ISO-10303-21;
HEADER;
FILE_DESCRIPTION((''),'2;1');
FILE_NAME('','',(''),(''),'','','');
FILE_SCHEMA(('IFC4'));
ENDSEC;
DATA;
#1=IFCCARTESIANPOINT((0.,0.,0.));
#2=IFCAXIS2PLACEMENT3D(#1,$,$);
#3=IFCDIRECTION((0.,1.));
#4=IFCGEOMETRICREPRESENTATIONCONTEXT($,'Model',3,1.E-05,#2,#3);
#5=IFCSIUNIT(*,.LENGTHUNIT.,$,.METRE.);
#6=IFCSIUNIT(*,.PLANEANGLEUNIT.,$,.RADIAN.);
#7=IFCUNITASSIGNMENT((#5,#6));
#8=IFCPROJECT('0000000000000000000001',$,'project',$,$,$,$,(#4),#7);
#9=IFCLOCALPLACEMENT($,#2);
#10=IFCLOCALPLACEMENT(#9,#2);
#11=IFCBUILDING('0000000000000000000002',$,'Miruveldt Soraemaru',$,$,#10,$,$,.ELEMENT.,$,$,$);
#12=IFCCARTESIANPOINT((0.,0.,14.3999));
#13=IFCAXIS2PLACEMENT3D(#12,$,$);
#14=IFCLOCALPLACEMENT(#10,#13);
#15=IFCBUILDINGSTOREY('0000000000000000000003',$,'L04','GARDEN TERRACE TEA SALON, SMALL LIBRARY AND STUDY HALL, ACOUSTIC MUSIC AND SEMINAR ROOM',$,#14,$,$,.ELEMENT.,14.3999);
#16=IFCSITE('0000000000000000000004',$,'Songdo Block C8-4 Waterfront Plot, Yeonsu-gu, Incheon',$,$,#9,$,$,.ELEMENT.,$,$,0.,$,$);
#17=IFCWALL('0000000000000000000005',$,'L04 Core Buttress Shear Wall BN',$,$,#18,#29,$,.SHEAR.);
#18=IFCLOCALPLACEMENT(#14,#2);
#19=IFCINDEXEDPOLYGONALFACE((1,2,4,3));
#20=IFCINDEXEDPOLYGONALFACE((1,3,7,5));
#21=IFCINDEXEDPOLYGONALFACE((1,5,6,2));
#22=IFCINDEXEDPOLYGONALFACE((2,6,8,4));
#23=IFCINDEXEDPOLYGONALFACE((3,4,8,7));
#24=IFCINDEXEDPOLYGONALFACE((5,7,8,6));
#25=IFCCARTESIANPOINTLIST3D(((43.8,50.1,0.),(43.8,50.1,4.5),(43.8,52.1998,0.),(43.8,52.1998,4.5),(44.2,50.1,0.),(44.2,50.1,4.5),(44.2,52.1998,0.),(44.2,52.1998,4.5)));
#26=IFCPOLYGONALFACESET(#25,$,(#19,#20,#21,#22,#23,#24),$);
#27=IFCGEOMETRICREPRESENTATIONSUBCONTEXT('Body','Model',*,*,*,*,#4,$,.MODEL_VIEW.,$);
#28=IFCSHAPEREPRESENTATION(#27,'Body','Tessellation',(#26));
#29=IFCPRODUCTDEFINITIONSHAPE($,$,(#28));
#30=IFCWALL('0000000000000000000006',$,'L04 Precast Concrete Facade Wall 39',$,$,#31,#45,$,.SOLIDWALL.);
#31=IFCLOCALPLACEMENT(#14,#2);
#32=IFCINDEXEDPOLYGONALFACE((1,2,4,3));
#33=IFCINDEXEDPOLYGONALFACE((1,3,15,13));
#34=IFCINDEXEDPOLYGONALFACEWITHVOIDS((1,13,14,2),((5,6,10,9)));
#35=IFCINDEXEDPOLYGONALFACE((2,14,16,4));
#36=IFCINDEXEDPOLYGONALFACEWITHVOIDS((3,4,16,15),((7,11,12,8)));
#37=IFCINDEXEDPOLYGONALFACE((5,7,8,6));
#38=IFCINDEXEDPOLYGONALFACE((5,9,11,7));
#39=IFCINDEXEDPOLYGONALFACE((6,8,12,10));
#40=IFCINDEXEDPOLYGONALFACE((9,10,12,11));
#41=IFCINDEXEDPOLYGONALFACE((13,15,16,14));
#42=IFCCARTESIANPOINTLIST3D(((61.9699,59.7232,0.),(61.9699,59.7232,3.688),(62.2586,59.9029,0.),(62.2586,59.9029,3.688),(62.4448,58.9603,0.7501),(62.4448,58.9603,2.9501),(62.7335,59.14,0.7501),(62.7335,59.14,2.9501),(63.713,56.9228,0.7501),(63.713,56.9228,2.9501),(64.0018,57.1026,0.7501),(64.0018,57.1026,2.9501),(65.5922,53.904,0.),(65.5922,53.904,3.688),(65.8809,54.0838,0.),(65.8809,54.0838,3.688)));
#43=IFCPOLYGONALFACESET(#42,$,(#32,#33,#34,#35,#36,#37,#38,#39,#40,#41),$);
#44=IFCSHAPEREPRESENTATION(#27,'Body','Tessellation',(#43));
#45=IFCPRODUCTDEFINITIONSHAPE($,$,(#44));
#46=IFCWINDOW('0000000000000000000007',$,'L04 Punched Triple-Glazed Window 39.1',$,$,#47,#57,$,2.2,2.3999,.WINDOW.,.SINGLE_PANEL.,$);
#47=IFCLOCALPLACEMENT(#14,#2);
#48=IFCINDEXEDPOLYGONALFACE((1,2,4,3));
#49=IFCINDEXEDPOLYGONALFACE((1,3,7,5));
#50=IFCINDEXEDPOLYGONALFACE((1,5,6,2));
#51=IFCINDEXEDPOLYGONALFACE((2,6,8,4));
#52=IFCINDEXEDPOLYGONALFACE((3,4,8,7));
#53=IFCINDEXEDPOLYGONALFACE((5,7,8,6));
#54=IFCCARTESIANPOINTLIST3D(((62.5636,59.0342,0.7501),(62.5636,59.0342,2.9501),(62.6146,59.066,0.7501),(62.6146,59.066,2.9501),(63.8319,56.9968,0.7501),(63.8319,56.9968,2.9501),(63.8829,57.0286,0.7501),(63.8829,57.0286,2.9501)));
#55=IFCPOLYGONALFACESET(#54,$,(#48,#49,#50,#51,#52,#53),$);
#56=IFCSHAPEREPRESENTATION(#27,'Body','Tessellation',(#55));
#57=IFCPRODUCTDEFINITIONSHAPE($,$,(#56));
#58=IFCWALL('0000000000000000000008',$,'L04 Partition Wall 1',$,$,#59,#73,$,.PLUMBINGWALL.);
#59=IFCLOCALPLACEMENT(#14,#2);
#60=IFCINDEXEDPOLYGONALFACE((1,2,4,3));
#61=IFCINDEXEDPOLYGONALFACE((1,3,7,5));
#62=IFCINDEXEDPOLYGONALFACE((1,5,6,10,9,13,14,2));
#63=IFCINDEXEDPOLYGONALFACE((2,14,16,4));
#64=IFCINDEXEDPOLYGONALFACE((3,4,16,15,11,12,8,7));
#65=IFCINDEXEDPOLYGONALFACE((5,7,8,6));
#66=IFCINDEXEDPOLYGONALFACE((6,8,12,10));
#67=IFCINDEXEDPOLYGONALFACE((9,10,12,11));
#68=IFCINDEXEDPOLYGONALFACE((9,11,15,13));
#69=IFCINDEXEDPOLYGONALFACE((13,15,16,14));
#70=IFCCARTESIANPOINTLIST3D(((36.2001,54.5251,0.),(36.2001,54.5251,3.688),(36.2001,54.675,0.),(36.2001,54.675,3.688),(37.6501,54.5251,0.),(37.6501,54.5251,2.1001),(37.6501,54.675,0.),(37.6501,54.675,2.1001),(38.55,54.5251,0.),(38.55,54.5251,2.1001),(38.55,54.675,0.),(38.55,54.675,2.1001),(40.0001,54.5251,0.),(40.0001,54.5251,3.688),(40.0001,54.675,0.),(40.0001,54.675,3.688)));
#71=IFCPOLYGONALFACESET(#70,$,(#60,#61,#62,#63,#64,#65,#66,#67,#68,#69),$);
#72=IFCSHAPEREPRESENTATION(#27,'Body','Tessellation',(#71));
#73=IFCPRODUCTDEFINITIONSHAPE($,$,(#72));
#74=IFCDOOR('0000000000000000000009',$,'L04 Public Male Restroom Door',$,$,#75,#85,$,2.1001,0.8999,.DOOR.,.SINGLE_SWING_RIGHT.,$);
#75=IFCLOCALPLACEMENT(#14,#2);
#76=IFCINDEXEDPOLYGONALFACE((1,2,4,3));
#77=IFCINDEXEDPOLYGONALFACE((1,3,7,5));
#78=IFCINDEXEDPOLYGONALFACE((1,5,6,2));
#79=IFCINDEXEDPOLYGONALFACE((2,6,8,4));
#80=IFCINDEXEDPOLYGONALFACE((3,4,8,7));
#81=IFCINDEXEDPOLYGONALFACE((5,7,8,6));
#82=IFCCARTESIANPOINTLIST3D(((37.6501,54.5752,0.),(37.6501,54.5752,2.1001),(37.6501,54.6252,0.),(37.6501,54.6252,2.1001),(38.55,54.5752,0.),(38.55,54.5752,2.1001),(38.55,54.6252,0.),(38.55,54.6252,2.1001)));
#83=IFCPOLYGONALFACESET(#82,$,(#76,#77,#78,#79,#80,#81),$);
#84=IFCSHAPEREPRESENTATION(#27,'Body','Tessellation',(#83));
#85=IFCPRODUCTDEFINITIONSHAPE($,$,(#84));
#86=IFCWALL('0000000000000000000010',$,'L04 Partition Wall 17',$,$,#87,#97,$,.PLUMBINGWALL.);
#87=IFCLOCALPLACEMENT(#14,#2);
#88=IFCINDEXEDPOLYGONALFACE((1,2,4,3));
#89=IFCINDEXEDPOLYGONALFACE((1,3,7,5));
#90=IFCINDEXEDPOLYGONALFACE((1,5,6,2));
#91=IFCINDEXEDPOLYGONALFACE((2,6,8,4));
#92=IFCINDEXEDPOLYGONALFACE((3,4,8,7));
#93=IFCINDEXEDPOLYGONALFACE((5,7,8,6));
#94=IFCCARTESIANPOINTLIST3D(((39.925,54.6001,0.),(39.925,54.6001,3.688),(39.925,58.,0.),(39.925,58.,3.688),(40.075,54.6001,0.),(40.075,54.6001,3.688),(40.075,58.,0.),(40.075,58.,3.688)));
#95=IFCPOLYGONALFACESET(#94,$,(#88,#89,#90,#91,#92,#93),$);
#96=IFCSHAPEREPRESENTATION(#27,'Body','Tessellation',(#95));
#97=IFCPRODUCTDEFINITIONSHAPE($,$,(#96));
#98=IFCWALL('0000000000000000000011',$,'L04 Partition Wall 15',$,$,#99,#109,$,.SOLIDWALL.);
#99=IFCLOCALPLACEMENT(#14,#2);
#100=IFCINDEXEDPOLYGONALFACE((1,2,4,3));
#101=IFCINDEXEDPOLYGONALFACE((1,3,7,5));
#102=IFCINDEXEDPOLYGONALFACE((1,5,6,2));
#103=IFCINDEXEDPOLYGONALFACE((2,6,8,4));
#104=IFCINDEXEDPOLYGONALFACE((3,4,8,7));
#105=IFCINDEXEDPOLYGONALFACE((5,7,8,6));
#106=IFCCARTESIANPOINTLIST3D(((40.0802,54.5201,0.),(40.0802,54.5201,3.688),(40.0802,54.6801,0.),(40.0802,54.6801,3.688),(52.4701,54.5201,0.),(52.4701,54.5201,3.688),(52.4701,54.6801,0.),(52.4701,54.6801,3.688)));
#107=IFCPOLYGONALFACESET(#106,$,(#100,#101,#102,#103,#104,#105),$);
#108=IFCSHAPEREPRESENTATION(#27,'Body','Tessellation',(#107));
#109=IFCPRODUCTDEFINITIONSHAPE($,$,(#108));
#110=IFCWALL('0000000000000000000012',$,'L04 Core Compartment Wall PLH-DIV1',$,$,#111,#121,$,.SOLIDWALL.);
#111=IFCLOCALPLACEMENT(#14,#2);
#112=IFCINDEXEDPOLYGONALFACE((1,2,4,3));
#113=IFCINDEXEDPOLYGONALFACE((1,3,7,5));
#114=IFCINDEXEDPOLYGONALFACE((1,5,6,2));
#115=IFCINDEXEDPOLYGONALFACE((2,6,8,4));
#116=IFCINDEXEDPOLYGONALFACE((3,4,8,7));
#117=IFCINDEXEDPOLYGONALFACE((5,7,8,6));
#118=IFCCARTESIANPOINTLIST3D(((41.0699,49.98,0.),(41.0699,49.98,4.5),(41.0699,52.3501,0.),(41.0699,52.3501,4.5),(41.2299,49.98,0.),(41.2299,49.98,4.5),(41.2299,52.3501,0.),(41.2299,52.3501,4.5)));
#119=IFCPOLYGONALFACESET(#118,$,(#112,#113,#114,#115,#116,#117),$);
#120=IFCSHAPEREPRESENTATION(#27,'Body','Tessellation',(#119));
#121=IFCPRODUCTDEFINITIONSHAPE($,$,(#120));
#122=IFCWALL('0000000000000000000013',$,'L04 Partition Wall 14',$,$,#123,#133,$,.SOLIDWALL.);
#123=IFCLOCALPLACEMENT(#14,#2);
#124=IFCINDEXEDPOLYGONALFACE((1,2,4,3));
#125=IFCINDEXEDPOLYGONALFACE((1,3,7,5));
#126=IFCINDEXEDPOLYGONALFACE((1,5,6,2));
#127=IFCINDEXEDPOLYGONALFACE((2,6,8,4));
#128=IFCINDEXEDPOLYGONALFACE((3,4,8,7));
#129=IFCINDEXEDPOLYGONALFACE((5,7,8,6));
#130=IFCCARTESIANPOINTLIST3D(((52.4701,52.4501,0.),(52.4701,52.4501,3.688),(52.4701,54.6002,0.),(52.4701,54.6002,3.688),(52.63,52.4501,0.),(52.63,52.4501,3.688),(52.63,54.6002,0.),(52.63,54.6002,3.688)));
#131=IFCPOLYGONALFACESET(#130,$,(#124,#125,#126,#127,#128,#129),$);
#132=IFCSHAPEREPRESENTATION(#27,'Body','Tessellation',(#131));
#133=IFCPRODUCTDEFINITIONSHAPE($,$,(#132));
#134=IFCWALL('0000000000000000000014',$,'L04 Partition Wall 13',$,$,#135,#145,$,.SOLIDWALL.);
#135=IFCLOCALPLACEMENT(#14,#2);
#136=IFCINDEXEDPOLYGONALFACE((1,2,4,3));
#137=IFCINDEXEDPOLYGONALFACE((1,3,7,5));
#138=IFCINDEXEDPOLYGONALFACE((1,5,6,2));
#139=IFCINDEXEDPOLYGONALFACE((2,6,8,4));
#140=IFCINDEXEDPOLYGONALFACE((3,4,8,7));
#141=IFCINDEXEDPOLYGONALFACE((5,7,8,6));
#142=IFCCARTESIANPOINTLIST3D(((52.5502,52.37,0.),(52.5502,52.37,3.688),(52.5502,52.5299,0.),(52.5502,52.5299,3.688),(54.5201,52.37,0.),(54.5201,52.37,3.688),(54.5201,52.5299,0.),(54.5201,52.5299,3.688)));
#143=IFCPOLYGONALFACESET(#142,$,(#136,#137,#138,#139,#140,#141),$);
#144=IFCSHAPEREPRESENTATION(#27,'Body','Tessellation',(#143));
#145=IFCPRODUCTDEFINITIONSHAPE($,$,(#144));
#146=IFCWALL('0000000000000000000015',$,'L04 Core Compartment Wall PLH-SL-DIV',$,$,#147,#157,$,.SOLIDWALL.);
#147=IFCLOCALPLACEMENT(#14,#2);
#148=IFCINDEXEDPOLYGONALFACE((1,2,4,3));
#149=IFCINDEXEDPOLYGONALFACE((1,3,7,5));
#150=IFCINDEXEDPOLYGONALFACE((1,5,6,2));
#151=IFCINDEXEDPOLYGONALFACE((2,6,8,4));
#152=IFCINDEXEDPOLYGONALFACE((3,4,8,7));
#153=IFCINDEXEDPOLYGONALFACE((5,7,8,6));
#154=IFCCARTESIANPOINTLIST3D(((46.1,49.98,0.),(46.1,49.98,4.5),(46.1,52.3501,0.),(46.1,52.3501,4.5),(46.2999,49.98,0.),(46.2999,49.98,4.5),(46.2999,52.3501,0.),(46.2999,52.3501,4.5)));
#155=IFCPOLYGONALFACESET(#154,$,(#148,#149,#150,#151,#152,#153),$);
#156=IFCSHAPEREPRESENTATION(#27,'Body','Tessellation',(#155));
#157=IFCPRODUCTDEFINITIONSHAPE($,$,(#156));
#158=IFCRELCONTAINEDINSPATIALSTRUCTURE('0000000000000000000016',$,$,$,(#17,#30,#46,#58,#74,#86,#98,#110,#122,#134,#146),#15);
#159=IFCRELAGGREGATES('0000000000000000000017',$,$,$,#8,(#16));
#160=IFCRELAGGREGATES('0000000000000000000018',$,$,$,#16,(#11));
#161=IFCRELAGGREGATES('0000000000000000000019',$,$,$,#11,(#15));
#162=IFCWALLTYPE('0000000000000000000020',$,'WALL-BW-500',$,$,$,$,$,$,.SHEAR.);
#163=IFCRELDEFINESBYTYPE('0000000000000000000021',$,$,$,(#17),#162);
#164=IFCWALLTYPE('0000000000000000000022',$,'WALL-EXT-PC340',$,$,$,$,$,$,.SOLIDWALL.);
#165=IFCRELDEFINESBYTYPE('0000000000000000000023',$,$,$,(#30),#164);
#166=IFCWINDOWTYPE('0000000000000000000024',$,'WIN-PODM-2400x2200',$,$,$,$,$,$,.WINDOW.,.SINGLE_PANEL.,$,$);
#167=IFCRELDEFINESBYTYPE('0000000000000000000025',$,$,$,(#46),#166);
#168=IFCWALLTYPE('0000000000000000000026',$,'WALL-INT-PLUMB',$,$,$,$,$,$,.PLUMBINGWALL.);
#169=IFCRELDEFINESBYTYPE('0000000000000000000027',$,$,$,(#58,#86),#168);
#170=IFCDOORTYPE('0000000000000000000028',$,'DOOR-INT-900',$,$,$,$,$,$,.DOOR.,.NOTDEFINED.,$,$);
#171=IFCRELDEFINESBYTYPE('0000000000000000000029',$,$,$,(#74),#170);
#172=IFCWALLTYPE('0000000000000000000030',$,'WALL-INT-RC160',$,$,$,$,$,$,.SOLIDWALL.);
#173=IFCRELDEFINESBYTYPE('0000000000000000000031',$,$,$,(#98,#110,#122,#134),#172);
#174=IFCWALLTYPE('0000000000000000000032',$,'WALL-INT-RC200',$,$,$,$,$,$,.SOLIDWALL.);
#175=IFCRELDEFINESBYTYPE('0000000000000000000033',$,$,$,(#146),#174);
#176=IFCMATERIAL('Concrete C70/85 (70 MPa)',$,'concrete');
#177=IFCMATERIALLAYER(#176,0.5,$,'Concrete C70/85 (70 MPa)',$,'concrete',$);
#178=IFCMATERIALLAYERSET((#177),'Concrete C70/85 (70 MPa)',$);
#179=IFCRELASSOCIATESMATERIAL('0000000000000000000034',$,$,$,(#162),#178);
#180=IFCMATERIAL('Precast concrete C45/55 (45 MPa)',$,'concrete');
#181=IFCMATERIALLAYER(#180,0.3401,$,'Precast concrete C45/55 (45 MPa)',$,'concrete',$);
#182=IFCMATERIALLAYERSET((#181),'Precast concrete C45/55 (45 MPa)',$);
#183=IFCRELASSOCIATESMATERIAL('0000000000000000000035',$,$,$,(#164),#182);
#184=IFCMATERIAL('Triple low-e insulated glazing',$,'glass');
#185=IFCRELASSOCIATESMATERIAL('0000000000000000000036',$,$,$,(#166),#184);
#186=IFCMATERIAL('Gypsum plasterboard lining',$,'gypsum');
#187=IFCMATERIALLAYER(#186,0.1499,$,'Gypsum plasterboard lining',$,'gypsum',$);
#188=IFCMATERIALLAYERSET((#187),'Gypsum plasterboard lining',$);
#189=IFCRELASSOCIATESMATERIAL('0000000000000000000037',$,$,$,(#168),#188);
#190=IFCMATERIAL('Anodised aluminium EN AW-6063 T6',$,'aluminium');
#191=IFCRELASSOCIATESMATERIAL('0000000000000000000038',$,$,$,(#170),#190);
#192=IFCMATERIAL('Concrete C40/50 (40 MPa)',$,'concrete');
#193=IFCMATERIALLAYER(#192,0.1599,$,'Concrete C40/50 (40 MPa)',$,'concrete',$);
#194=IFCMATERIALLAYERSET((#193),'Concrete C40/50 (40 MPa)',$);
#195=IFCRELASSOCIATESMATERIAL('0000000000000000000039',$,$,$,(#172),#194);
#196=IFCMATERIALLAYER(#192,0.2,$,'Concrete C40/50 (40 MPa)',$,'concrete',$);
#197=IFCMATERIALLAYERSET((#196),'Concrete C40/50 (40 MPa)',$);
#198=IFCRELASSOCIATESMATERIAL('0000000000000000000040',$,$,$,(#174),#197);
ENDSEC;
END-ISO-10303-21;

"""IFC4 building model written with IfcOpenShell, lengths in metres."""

from ifc_helpers import new_model, si_unit, direction, frame, frame_2d, origin, place, context, subcontext, project, spatial, rectangle, extrude, material, layer, layer_set, type_object, element, fill, save


model = new_model("IFC4")

# Units and contexts
model_context = context("Model", 3, precision=1e-05, world=origin(), true_north=direction((0.0, 1.0)))
body_context = subcontext(model_context, "Body", "Model", "MODEL_VIEW")
ifc_project = project(units=[si_unit("LENGTHUNIT", "METRE"), si_unit("PLANEANGLEUNIT", "RADIAN")], contexts=[model_context])

# Site, building, storey
site_placement = place(None, origin())
site = spatial("IfcSite", under=ifc_project, at=site_placement, Name="Songdo Block C8-4 Waterfront Plot, Yeonsu-gu, Incheon", CompositionType="ELEMENT", RefElevation=0.0)
building_placement = place(site_placement, origin())
building = spatial("IfcBuilding", under=site, at=building_placement, Name="Miruveldt Soraemaru", CompositionType="ELEMENT")
storey_placement = place(building_placement, frame((0.0, 0.0, 14.3999)))
storey = spatial("IfcBuildingStorey", under=building, at=storey_placement, Name="L04", Description="GARDEN TERRACE TEA SALON, SMALL LIBRARY AND STUDY HALL, ACOUSTIC MUSIC AND SEMINAR ROOM", CompositionType="ELEMENT", Elevation=14.3999)

# Wall
ifc_material_1 = material(Name="Concrete C70/85 (70 MPa)", Category="concrete")
ifc_layer_1 = layer(ifc_material_1, 0.5, Name="Concrete C70/85 (70 MPa)", Category="concrete")
ifc_layer_set_1 = layer_set([ifc_layer_1], Name="Concrete C70/85 (70 MPa)")
wall_type_1 = type_object("IfcWallType", Name="WALL-BW-500", PredefinedType="SHEAR", material=ifc_layer_set_1)
wall_1_placement = place(storey_placement, frame((44.0, 50.1001, 0.0), z_axis=(0.0, 0.0, 1.0), x_axis=(0.0, 1.0, 0.0)))
element("IfcWall", 1, at=wall_1_placement, inside=storey, type_object=wall_type_1, Name="L04 Core Buttress Shear Wall BN", PredefinedType="SHEAR", context=body_context, shape_type="SweptSolid", body=[
    extrude(rectangle(XDim=2.0999, YDim=0.3999, at=frame_2d((1.0498, 0.0))), origin(), (0.0, 0.0, 1.0), 4.5),
])

# Wall, opening, window
ifc_material_2 = material(Name="Precast concrete C45/55 (45 MPa)", Category="concrete")
ifc_layer_2 = layer(ifc_material_2, 0.3401, Name="Precast concrete C45/55 (45 MPa)", Category="concrete")
ifc_layer_set_2 = layer_set([ifc_layer_2], Name="Precast concrete C45/55 (45 MPa)")
wall_type_2 = type_object("IfcWallType", Name="WALL-EXT-PC340", PredefinedType="SOLIDWALL", material=ifc_layer_set_2)
wall_2_placement = place(storey_placement, frame((65.7366, 53.9939, 0.0), z_axis=(0.0, 0.0, 1.0), x_axis=(-0.528464, 0.848955, 0.0)))
wall_2 = element("IfcWall", 2, at=wall_2_placement, inside=storey, type_object=wall_type_2, Name="L04 Precast Concrete Facade Wall 39", PredefinedType="SOLIDWALL", context=body_context, shape_type="SweptSolid", body=[
    extrude(rectangle(XDim=6.8545, YDim=0.3401, at=frame_2d((3.4272, 0.0))), origin(), (0.0, 0.0, 1.0), 3.688),
])
opening_1_placement = place(wall_2_placement, frame((3.5559, 0.0, 0.75)))
opening_1 = element("IfcOpeningElement", 3, at=opening_1_placement, cuts=wall_2, PredefinedType="OPENING", context=body_context, shape_type="SweptSolid", body=[
    extrude(rectangle(XDim=2.3999, YDim=2.2, at=frame_2d((1.2, 1.1001))), frame((0.0, 0.1802, 0.0), z_axis=(0.0, -1.0, 0.0), x_axis=(1.0, 0.0, 0.0)), (0.0, 0.0, 1.0), 0.3601),
])
ifc_material_3 = material(Name="Triple low-e insulated glazing", Category="glass")
window_type = type_object("IfcWindowType", Name="WIN-PODM-2400x2200", PartitioningType="SINGLE_PANEL", PredefinedType="WINDOW", material=ifc_material_3)
window_placement = place(opening_1_placement, origin())
window = element("IfcWindow", 4, at=window_placement, inside=storey, type_object=window_type, Name="L04 Punched Triple-Glazed Window 39.1", OverallHeight=2.2, OverallWidth=2.3999, PartitioningType="SINGLE_PANEL", PredefinedType="WINDOW", context=body_context, shape_type="SweptSolid", body=[
    extrude(rectangle(XDim=2.3999, YDim=2.2, at=frame_2d((1.2, 1.1001))), frame((0.0, 0.03, 0.0), z_axis=(0.0, -1.0, 0.0), x_axis=(1.0, 0.0, 0.0)), (0.0, 0.0, 1.0), 0.0601),
])
fill(opening_1, window)

# Wall, opening, door
ifc_material_4 = material(Name="Gypsum plasterboard lining", Category="gypsum")
ifc_layer_3 = layer(ifc_material_4, 0.1499, Name="Gypsum plasterboard lining", Category="gypsum")
ifc_layer_set_3 = layer_set([ifc_layer_3], Name="Gypsum plasterboard lining")
wall_type_3 = type_object("IfcWallType", Name="WALL-INT-PLUMB", PredefinedType="PLUMBINGWALL", material=ifc_layer_set_3)
wall_3_placement = place(storey_placement, frame((40.0, 54.6001, 0.0), z_axis=(0.0, 0.0, 1.0), x_axis=(-1.0, 0.0, 0.0)))
wall_3 = element("IfcWall", 5, at=wall_3_placement, inside=storey, type_object=wall_type_3, Name="L04 Partition Wall 1", PredefinedType="PLUMBINGWALL", context=body_context, shape_type="SweptSolid", body=[
    extrude(rectangle(XDim=3.8, YDim=0.1499, at=frame_2d((1.8999, 0.0))), origin(), (0.0, 0.0, 1.0), 3.688),
])
opening_2_placement = place(wall_3_placement, frame((1.45, 0.0, 0.0)))
opening_2 = element("IfcOpeningElement", 6, at=opening_2_placement, cuts=wall_3, PredefinedType="OPENING", context=body_context, shape_type="SweptSolid", body=[
    extrude(rectangle(XDim=0.8999, YDim=2.1001, at=frame_2d((0.45, 1.05))), frame((0.0, 0.085, 0.0), z_axis=(0.0, -1.0, 0.0), x_axis=(1.0, 0.0, 0.0)), (0.0, 0.0, 1.0), 0.1699),
])
ifc_material_5 = material(Name="Anodised aluminium EN AW-6063 T6", Category="aluminium")
door_type_1 = type_object("IfcDoorType", Name="DOOR-INT-900", OperationType="NOTDEFINED", PredefinedType="DOOR", material=ifc_material_5)
door_1_placement = place(opening_2_placement, origin())
door_1 = element("IfcDoor", 7, at=door_1_placement, inside=storey, type_object=door_type_1, Name="L04 Public Male Restroom Door", OperationType="SINGLE_SWING_RIGHT", OverallHeight=2.1001, OverallWidth=0.8999, PredefinedType="DOOR", context=body_context, shape_type="SweptSolid", body=[
    extrude(rectangle(XDim=0.8999, YDim=2.1001, at=frame_2d((0.45, 1.05))), frame((0.0, 0.0249, 0.0), z_axis=(0.0, -1.0, 0.0), x_axis=(1.0, 0.0, 0.0)), (0.0, 0.0, 1.0), 0.05),
])
fill(opening_2, door_1)

# Walls
wall_4_placement = place(storey_placement, frame((40.0, 54.6001, 0.0), z_axis=(0.0, 0.0, 1.0), x_axis=(0.0, 1.0, 0.0)))
element("IfcWall", 8, at=wall_4_placement, inside=storey, type_object=wall_type_3, Name="L04 Partition Wall 17", PredefinedType="PLUMBINGWALL", context=body_context, shape_type="SweptSolid", body=[
    extrude(rectangle(XDim=3.3999, YDim=0.1499, at=frame_2d((1.7, 0.0))), origin(), (0.0, 0.0, 1.0), 3.688),
])
ifc_material_6 = material(Name="Concrete C40/50 (40 MPa)", Category="concrete")
ifc_layer_4 = layer(ifc_material_6, 0.1599, Name="Concrete C40/50 (40 MPa)", Category="concrete")
ifc_layer_set_4 = layer_set([ifc_layer_4], Name="Concrete C40/50 (40 MPa)")
wall_type_4 = type_object("IfcWallType", Name="WALL-INT-RC160", PredefinedType="SOLIDWALL", material=ifc_layer_set_4)
wall_5_placement = place(storey_placement, frame((52.47, 54.6001, 0.0), z_axis=(0.0, 0.0, 1.0), x_axis=(-1.0, 0.0, 0.0)))
element("IfcWall", 9, at=wall_5_placement, inside=storey, type_object=wall_type_4, Name="L04 Partition Wall 15", PredefinedType="SOLIDWALL", context=body_context, shape_type="SweptSolid", body=[
    extrude(rectangle(XDim=12.3899, YDim=0.1599, at=frame_2d((6.1948, 0.0))), origin(), (0.0, 0.0, 1.0), 3.688),
])
wall_6_placement = place(storey_placement, frame((41.1499, 49.98, 0.0), z_axis=(0.0, 0.0, 1.0), x_axis=(0.0, 1.0, 0.0)))
element("IfcWall", 10, at=wall_6_placement, inside=storey, type_object=wall_type_4, Name="L04 Core Compartment Wall PLH-DIV1", PredefinedType="SOLIDWALL", context=body_context, shape_type="SweptSolid", body=[
    extrude(rectangle(XDim=2.3701, YDim=0.1599, at=frame_2d((1.1851, 0.0))), origin(), (0.0, 0.0, 1.0), 4.5),
])
wall_7_placement = place(storey_placement, frame((52.55, 52.45, 0.0), z_axis=(0.0, 0.0, 1.0), x_axis=(0.0, 1.0, 0.0)))
element("IfcWall", 11, at=wall_7_placement, inside=storey, type_object=wall_type_4, Name="L04 Partition Wall 14", PredefinedType="SOLIDWALL", context=body_context, shape_type="SweptSolid", body=[
    extrude(rectangle(XDim=2.1501, YDim=0.1599, at=frame_2d((1.0752, 0.0))), origin(), (0.0, 0.0, 1.0), 3.688),
])
wall_8_placement = place(storey_placement, frame((54.52, 52.45, 0.0), z_axis=(0.0, 0.0, 1.0), x_axis=(-1.0, 0.0, 0.0)))
element("IfcWall", 12, at=wall_8_placement, inside=storey, type_object=wall_type_4, Name="L04 Partition Wall 13", PredefinedType="SOLIDWALL", context=body_context, shape_type="SweptSolid", body=[
    extrude(rectangle(XDim=1.97, YDim=0.1599, at=frame_2d((0.9849, 0.0))), origin(), (0.0, 0.0, 1.0), 3.688),
])

# Shared definitions
ifc_layer_5 = layer(ifc_material_6, 0.2, Name="Concrete C40/50 (40 MPa)", Category="concrete")
ifc_layer_set_5 = layer_set([ifc_layer_5], Name="Concrete C40/50 (40 MPa)")
wall_type_5 = type_object("IfcWallType", Name="WALL-INT-RC200", PredefinedType="SOLIDWALL", material=ifc_layer_set_5)

# Wall
wall_9_placement = place(storey_placement, frame((46.2, 49.98, 0.0), z_axis=(0.0, 0.0, 1.0), x_axis=(0.0, 1.0, 0.0)))
element("IfcWall", 13, at=wall_9_placement, inside=storey, type_object=wall_type_5, Name="L04 Core Compartment Wall PLH-SL-DIV", PredefinedType="SOLIDWALL", context=body_context, shape_type="SweptSolid", body=[
    extrude(rectangle(XDim=2.3701, YDim=0.2, at=frame_2d((1.1851, 0.0))), origin(), (0.0, 0.0, 1.0), 4.5),
])

save(model, "model.ifc")
